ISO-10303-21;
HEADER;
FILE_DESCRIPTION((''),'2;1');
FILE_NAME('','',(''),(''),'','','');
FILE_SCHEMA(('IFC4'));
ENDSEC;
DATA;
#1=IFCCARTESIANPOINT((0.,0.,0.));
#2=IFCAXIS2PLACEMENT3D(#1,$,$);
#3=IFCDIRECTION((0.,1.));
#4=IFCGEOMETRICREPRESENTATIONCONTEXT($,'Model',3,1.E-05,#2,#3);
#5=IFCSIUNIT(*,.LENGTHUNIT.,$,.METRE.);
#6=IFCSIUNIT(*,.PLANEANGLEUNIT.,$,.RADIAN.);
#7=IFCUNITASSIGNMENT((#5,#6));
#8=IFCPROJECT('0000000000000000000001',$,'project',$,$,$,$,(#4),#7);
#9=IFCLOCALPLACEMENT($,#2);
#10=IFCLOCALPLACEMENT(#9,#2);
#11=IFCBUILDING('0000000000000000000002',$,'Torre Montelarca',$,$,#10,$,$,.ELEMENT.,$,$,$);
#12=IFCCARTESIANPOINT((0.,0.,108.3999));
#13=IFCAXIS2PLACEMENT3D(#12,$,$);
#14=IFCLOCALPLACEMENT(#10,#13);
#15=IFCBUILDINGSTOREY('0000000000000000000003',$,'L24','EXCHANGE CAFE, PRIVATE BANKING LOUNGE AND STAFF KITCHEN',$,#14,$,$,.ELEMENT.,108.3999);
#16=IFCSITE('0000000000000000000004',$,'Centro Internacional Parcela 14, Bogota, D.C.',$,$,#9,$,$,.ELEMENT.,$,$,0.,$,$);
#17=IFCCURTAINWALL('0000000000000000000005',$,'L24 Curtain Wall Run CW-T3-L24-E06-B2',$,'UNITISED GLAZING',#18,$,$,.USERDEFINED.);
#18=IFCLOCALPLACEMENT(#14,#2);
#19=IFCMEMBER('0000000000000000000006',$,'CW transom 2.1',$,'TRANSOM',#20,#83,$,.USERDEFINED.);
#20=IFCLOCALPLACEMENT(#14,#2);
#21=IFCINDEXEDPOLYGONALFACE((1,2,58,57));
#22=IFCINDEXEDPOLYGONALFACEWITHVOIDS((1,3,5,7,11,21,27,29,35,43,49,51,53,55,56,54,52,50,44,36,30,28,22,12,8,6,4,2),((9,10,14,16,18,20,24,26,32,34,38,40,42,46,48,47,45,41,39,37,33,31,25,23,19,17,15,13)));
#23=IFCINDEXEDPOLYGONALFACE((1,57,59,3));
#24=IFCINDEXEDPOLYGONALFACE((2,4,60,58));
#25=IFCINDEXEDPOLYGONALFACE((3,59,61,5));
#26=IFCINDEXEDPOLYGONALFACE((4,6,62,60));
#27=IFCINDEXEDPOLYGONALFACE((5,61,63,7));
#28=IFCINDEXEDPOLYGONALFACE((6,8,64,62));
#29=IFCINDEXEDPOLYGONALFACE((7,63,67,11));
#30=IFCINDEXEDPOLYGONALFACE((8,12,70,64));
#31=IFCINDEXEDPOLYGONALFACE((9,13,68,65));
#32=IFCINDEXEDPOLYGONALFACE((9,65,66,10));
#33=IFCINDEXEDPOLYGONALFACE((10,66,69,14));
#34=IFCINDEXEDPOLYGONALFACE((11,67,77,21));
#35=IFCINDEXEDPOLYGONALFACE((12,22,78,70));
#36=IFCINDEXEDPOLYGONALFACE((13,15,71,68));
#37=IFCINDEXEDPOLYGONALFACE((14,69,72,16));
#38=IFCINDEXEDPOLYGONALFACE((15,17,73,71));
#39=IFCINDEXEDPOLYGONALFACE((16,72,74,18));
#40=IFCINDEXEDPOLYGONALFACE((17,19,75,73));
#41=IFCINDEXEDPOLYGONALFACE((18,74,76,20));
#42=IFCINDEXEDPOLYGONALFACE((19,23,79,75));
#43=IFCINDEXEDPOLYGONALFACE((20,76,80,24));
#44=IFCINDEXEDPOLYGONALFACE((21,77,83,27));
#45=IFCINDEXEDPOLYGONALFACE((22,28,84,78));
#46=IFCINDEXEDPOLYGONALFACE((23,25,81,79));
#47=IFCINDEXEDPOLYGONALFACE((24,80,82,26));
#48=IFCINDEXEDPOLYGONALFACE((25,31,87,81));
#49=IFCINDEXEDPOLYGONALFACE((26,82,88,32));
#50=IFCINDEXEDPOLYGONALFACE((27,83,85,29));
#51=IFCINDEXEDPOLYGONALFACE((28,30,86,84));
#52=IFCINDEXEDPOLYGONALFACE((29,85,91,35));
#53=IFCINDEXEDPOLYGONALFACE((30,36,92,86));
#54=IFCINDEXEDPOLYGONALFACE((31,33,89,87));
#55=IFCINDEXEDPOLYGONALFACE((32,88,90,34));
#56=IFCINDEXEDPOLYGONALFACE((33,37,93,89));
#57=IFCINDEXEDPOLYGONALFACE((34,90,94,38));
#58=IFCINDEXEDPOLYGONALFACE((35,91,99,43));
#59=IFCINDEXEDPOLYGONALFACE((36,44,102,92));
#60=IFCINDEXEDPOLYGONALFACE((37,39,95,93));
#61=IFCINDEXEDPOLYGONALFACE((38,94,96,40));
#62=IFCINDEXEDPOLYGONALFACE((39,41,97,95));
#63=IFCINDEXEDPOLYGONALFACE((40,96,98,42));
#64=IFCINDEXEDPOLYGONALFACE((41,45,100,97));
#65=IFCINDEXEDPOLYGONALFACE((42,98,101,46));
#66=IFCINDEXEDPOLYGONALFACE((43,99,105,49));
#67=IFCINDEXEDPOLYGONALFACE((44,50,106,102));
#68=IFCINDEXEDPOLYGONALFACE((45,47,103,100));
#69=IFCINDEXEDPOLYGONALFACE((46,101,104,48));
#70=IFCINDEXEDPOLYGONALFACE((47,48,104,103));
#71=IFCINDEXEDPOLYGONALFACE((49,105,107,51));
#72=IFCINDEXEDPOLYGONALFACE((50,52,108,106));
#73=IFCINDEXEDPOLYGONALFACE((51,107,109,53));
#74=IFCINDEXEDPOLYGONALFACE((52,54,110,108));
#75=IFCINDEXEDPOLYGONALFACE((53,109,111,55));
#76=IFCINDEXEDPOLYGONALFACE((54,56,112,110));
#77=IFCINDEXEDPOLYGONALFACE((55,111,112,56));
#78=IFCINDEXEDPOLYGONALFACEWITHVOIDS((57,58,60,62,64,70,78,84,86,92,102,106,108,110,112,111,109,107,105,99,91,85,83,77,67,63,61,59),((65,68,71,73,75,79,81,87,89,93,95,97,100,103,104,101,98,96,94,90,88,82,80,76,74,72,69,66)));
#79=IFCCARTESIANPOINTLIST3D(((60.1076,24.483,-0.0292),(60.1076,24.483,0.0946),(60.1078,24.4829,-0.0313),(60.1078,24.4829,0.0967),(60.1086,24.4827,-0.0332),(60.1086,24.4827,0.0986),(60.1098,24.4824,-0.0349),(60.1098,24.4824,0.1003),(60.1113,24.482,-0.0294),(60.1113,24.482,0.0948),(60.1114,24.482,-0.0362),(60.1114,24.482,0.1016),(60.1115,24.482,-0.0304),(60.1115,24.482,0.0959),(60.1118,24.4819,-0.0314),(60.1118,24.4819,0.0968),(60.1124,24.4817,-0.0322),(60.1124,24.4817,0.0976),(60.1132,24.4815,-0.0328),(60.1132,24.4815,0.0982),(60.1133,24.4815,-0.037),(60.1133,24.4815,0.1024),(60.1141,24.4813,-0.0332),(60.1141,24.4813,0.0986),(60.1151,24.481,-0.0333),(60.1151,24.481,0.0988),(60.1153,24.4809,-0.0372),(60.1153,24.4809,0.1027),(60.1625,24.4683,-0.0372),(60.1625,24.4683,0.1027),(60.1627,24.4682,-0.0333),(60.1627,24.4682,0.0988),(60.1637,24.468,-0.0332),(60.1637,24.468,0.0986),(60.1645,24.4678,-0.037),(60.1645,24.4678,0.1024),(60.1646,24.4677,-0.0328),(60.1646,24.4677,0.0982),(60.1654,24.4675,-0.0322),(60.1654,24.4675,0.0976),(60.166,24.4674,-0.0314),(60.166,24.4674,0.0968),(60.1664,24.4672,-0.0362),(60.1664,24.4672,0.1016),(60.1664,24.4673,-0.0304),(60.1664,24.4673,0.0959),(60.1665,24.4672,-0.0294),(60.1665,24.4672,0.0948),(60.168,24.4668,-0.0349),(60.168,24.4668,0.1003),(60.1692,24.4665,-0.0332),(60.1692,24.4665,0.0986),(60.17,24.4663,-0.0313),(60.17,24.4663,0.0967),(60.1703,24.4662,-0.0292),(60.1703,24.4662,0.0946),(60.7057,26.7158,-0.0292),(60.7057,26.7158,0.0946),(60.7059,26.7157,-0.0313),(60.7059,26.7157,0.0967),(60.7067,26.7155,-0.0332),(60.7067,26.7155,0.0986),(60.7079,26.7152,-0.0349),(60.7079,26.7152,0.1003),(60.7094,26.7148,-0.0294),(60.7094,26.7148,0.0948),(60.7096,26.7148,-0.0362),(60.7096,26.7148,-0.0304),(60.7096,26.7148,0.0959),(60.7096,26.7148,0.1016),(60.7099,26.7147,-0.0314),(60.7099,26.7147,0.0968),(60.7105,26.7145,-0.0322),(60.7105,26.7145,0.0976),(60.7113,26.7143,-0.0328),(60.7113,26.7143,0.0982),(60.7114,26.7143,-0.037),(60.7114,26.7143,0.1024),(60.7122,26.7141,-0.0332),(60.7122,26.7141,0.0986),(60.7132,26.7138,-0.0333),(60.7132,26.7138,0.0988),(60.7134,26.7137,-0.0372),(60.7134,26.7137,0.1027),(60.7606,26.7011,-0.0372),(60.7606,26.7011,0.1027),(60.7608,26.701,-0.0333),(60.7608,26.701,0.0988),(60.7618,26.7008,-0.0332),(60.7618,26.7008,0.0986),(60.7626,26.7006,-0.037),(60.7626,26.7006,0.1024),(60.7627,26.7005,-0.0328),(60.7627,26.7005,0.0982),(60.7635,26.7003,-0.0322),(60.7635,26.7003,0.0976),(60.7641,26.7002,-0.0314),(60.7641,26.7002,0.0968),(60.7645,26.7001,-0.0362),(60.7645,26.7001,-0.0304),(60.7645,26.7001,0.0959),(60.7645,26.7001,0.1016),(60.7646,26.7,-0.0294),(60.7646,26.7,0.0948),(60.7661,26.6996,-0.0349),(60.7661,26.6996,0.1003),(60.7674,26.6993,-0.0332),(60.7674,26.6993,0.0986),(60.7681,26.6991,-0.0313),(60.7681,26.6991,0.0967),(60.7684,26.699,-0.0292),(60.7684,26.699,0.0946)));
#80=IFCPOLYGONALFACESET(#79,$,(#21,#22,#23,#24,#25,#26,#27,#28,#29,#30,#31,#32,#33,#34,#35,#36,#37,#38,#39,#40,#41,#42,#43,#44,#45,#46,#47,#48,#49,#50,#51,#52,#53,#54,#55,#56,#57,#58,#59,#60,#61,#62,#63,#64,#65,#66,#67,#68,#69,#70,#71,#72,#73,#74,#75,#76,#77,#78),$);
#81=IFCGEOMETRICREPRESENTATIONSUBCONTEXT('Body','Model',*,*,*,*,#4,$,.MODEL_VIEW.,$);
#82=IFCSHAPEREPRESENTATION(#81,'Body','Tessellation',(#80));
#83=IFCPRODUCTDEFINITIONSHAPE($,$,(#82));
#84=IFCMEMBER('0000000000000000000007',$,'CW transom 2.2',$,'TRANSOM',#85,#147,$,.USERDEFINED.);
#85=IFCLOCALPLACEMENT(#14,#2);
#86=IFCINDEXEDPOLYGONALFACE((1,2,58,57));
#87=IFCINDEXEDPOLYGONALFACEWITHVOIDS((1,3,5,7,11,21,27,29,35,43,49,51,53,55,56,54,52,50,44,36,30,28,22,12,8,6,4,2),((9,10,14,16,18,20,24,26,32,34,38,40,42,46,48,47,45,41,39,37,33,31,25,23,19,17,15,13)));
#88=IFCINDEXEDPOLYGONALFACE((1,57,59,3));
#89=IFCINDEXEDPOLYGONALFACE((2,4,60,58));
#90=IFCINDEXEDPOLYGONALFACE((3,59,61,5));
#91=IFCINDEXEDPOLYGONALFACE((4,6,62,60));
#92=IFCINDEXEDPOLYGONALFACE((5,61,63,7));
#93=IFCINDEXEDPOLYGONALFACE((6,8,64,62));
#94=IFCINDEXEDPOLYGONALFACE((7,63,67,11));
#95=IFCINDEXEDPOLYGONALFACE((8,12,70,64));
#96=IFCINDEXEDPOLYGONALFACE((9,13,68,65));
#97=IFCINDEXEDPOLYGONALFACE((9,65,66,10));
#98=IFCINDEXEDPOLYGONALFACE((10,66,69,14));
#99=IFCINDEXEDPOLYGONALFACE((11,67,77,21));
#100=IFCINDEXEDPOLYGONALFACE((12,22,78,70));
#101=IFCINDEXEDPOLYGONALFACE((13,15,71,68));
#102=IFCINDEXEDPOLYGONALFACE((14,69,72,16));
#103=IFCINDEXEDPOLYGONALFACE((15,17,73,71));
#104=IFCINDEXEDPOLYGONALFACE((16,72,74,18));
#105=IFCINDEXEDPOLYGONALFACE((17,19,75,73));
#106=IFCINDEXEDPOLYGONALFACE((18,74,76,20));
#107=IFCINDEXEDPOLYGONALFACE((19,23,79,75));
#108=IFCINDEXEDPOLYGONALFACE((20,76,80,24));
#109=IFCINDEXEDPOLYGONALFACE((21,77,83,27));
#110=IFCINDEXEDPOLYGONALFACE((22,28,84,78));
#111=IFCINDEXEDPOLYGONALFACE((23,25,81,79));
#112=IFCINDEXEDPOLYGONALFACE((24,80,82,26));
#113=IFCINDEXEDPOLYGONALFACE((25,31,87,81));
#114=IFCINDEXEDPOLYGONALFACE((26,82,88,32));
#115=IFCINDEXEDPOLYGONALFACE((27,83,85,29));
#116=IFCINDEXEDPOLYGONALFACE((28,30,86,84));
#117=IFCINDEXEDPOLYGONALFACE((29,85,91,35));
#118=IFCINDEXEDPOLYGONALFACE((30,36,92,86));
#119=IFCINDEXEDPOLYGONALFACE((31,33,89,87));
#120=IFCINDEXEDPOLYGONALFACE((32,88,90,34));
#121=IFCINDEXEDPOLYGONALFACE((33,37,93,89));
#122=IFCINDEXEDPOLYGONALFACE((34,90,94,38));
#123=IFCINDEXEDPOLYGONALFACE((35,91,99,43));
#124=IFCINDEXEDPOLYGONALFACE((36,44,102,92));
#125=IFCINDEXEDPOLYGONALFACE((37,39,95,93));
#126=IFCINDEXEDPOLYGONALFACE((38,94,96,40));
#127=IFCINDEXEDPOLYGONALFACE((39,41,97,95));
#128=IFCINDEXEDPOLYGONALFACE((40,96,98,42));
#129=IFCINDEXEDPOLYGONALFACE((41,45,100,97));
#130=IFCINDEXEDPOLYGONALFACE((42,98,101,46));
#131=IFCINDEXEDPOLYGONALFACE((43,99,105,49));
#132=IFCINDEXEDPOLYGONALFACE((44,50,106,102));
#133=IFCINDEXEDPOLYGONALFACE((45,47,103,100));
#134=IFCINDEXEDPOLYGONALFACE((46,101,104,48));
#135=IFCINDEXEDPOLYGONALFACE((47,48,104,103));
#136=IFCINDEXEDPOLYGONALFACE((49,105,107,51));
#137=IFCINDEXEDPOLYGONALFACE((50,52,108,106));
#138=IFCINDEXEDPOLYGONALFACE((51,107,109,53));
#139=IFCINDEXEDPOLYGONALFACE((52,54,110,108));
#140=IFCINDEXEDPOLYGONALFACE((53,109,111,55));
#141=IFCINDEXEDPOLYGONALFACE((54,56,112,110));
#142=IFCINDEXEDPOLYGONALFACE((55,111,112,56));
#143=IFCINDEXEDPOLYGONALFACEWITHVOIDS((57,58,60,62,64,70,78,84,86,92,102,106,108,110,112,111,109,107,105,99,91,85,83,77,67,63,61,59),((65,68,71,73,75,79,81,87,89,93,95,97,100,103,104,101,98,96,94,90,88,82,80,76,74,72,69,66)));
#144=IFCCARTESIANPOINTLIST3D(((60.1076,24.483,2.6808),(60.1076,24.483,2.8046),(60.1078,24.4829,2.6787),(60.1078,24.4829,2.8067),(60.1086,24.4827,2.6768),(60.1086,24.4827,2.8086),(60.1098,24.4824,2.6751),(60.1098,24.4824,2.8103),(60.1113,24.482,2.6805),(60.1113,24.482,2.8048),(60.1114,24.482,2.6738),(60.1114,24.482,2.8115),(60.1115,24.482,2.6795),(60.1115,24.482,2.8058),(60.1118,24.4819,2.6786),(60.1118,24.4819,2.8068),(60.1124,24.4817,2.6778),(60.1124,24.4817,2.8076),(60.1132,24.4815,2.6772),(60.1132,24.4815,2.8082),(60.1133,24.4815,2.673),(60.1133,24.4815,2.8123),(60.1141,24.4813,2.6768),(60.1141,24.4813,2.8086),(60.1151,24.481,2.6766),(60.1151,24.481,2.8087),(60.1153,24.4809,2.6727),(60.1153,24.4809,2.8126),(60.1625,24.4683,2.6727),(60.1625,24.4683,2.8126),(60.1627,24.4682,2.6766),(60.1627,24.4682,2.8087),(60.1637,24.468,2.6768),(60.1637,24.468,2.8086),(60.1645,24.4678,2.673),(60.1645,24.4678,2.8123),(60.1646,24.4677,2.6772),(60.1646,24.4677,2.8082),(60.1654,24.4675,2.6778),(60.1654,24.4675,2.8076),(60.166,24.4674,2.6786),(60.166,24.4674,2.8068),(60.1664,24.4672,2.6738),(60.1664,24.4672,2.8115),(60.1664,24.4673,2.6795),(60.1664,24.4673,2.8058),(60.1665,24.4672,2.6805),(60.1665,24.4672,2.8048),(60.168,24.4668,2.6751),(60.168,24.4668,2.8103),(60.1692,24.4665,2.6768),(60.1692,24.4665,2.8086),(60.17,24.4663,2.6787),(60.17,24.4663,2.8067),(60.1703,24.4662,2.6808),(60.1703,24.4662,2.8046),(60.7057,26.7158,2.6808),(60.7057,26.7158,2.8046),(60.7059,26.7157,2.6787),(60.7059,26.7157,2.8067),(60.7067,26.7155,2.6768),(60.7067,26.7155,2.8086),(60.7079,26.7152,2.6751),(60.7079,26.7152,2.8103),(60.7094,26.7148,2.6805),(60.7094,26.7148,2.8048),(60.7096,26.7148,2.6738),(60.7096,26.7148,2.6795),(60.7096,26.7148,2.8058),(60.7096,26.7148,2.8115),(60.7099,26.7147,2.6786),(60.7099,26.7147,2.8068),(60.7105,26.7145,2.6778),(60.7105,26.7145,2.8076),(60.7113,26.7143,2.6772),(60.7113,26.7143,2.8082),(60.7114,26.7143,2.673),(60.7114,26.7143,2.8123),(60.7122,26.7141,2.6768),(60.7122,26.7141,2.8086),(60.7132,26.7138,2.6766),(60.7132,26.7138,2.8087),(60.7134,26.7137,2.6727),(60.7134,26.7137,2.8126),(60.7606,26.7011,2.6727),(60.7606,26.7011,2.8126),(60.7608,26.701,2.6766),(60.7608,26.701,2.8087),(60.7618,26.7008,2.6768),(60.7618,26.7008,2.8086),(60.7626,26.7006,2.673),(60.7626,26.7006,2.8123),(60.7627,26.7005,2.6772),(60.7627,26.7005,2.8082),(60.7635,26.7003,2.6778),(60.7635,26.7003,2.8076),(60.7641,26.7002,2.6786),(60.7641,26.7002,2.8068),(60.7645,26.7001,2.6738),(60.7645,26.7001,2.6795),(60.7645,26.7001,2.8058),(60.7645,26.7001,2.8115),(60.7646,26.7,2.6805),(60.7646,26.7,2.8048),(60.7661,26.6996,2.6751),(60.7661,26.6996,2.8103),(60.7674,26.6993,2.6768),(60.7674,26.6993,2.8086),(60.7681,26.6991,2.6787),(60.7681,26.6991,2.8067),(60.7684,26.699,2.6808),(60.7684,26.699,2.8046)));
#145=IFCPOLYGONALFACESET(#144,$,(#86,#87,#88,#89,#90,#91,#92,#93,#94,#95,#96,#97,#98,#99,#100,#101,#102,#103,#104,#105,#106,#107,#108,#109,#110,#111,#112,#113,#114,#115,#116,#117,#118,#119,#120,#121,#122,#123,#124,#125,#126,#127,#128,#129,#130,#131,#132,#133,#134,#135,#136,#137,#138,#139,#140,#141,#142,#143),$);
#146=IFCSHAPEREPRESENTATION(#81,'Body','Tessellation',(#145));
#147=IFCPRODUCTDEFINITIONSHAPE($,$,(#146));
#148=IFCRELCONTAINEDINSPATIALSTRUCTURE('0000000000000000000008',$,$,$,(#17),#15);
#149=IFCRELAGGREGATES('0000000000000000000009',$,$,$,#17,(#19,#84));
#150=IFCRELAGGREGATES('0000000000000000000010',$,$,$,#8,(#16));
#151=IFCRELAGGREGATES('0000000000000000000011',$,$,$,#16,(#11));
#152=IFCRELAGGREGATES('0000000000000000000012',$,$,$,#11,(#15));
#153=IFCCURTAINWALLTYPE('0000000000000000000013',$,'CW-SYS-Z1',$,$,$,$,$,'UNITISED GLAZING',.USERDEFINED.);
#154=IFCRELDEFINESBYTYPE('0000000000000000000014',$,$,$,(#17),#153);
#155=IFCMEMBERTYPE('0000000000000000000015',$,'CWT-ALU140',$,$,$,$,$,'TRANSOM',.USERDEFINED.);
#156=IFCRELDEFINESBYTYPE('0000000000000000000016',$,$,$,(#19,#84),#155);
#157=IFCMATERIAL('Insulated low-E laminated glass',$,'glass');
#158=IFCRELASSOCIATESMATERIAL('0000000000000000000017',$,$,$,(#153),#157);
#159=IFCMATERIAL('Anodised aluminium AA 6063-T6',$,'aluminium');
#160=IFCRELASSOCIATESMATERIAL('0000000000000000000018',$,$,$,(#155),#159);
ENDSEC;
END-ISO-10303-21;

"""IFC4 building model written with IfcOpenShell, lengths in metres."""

from ifc_helpers import new_model, si_unit, direction, frame, origin, origin_2d, place, context, subcontext, project, spatial, hollow_rectangle, extrude, source, transform, mapped, material, material_profile, profile_set, type_object, element, aggregate, save


model = new_model("IFC4")

# Units and contexts
model_context = context("Model", 3, precision=1e-05, world=origin(), true_north=direction((0.0, 1.0)))
body_context = subcontext(model_context, "Body", "Model", "MODEL_VIEW")
ifc_project = project(units=[si_unit("LENGTHUNIT", "METRE"), si_unit("PLANEANGLEUNIT", "RADIAN")], contexts=[model_context])

# Site, building, storey
site_placement = place(None, origin())
site = spatial("IfcSite", under=ifc_project, at=site_placement, Name="Centro Internacional Parcela 14, Bogota, D.C.", CompositionType="ELEMENT", RefElevation=0.0)
building_placement = place(site_placement, origin())
building = spatial("IfcBuilding", under=site, at=building_placement, Name="Torre Montelarca", CompositionType="ELEMENT")
storey_placement = place(building_placement, frame((0.0, 0.0, 108.3999)))
storey = spatial("IfcBuildingStorey", under=building, at=storey_placement, Name="L24", Description="EXCHANGE CAFE, PRIVATE BANKING LOUNGE AND STAFF KITCHEN", CompositionType="ELEMENT", Elevation=108.3999)

# Curtain wall, members
ifc_material_1 = material(Name="Insulated low-E laminated glass", Category="glass")
curtain_wall_type = type_object("IfcCurtainWallType", Name="CW-SYS-Z1", ElementType="UNITISED GLAZING", PredefinedType="USERDEFINED", material=ifc_material_1)
ifc_material_2 = material(Name="Anodised aluminium AA 6063-T6", Category="aluminium")
ifc_material_profile_1 = material_profile(ifc_material_2, hollow_rectangle(XDim=0.0649, YDim=0.1399, WallThickness=0.0039, InnerFilletRadius=0.0039, OuterFilletRadius=0.0081, at=origin_2d()), Name="ALU65X140X4", Category="aluminium")
ifc_profile_set_1 = profile_set([ifc_material_profile_1], Name="Anodised aluminium AA 6063-T6")
member_type_1 = type_object("IfcMemberType", Name="CWT-ALU140", ElementType="TRANSOM", PredefinedType="USERDEFINED", material=ifc_profile_set_1)
curtain_wall_1_placement = place(storey_placement, origin())
curtain_wall_1 = element("IfcCurtainWall", 1, at=curtain_wall_1_placement, inside=storey, type_object=curtain_wall_type, Name="L24 Curtain Wall Run CW-T3-L24-E06-B2", ObjectType="UNITISED GLAZING", PredefinedType="USERDEFINED")
shared_shape_1 = source(origin(), body_context, "Body", "SweptSolid", [
    extrude(hollow_rectangle(XDim=0.0649, YDim=0.1399, WallThickness=0.0039, InnerFilletRadius=0.0039, OuterFilletRadius=0.0081, at=origin_2d()), origin(), (0.0, 0.0, 1.0), 2.3115),
])
member_1_placement = place(storey_placement, frame((60.1389, 24.4746, 0.0327), z_axis=(0.258754, 0.965943, 0.0), x_axis=(-0.965943, 0.258754, 0.0)))
member_1 = element("IfcMember", 2, at=member_1_placement, type_object=member_type_1, Name="CW transom 2.1", ObjectType="TRANSOM", PredefinedType="USERDEFINED", context=body_context, shape_type="MappedRepresentation", body=[
    mapped(shared_shape_1, transform((0.0, 0.0, 0.0), scale=1.0)),
])
member_2_placement = place(storey_placement, frame((60.1389, 24.4746, 2.7427), z_axis=(0.258754, 0.965943, 0.0), x_axis=(-0.965943, 0.258754, 0.0)))
member_2 = element("IfcMember", 3, at=member_2_placement, type_object=member_type_1, Name="CW transom 2.2", ObjectType="TRANSOM", PredefinedType="USERDEFINED", context=body_context, shape_type="MappedRepresentation", body=[
    mapped(shared_shape_1, transform((0.0, 0.0, 0.0), scale=1.0)),
])

aggregate(curtain_wall_1, [member_1, member_2])

save(model, "model.ifc")
